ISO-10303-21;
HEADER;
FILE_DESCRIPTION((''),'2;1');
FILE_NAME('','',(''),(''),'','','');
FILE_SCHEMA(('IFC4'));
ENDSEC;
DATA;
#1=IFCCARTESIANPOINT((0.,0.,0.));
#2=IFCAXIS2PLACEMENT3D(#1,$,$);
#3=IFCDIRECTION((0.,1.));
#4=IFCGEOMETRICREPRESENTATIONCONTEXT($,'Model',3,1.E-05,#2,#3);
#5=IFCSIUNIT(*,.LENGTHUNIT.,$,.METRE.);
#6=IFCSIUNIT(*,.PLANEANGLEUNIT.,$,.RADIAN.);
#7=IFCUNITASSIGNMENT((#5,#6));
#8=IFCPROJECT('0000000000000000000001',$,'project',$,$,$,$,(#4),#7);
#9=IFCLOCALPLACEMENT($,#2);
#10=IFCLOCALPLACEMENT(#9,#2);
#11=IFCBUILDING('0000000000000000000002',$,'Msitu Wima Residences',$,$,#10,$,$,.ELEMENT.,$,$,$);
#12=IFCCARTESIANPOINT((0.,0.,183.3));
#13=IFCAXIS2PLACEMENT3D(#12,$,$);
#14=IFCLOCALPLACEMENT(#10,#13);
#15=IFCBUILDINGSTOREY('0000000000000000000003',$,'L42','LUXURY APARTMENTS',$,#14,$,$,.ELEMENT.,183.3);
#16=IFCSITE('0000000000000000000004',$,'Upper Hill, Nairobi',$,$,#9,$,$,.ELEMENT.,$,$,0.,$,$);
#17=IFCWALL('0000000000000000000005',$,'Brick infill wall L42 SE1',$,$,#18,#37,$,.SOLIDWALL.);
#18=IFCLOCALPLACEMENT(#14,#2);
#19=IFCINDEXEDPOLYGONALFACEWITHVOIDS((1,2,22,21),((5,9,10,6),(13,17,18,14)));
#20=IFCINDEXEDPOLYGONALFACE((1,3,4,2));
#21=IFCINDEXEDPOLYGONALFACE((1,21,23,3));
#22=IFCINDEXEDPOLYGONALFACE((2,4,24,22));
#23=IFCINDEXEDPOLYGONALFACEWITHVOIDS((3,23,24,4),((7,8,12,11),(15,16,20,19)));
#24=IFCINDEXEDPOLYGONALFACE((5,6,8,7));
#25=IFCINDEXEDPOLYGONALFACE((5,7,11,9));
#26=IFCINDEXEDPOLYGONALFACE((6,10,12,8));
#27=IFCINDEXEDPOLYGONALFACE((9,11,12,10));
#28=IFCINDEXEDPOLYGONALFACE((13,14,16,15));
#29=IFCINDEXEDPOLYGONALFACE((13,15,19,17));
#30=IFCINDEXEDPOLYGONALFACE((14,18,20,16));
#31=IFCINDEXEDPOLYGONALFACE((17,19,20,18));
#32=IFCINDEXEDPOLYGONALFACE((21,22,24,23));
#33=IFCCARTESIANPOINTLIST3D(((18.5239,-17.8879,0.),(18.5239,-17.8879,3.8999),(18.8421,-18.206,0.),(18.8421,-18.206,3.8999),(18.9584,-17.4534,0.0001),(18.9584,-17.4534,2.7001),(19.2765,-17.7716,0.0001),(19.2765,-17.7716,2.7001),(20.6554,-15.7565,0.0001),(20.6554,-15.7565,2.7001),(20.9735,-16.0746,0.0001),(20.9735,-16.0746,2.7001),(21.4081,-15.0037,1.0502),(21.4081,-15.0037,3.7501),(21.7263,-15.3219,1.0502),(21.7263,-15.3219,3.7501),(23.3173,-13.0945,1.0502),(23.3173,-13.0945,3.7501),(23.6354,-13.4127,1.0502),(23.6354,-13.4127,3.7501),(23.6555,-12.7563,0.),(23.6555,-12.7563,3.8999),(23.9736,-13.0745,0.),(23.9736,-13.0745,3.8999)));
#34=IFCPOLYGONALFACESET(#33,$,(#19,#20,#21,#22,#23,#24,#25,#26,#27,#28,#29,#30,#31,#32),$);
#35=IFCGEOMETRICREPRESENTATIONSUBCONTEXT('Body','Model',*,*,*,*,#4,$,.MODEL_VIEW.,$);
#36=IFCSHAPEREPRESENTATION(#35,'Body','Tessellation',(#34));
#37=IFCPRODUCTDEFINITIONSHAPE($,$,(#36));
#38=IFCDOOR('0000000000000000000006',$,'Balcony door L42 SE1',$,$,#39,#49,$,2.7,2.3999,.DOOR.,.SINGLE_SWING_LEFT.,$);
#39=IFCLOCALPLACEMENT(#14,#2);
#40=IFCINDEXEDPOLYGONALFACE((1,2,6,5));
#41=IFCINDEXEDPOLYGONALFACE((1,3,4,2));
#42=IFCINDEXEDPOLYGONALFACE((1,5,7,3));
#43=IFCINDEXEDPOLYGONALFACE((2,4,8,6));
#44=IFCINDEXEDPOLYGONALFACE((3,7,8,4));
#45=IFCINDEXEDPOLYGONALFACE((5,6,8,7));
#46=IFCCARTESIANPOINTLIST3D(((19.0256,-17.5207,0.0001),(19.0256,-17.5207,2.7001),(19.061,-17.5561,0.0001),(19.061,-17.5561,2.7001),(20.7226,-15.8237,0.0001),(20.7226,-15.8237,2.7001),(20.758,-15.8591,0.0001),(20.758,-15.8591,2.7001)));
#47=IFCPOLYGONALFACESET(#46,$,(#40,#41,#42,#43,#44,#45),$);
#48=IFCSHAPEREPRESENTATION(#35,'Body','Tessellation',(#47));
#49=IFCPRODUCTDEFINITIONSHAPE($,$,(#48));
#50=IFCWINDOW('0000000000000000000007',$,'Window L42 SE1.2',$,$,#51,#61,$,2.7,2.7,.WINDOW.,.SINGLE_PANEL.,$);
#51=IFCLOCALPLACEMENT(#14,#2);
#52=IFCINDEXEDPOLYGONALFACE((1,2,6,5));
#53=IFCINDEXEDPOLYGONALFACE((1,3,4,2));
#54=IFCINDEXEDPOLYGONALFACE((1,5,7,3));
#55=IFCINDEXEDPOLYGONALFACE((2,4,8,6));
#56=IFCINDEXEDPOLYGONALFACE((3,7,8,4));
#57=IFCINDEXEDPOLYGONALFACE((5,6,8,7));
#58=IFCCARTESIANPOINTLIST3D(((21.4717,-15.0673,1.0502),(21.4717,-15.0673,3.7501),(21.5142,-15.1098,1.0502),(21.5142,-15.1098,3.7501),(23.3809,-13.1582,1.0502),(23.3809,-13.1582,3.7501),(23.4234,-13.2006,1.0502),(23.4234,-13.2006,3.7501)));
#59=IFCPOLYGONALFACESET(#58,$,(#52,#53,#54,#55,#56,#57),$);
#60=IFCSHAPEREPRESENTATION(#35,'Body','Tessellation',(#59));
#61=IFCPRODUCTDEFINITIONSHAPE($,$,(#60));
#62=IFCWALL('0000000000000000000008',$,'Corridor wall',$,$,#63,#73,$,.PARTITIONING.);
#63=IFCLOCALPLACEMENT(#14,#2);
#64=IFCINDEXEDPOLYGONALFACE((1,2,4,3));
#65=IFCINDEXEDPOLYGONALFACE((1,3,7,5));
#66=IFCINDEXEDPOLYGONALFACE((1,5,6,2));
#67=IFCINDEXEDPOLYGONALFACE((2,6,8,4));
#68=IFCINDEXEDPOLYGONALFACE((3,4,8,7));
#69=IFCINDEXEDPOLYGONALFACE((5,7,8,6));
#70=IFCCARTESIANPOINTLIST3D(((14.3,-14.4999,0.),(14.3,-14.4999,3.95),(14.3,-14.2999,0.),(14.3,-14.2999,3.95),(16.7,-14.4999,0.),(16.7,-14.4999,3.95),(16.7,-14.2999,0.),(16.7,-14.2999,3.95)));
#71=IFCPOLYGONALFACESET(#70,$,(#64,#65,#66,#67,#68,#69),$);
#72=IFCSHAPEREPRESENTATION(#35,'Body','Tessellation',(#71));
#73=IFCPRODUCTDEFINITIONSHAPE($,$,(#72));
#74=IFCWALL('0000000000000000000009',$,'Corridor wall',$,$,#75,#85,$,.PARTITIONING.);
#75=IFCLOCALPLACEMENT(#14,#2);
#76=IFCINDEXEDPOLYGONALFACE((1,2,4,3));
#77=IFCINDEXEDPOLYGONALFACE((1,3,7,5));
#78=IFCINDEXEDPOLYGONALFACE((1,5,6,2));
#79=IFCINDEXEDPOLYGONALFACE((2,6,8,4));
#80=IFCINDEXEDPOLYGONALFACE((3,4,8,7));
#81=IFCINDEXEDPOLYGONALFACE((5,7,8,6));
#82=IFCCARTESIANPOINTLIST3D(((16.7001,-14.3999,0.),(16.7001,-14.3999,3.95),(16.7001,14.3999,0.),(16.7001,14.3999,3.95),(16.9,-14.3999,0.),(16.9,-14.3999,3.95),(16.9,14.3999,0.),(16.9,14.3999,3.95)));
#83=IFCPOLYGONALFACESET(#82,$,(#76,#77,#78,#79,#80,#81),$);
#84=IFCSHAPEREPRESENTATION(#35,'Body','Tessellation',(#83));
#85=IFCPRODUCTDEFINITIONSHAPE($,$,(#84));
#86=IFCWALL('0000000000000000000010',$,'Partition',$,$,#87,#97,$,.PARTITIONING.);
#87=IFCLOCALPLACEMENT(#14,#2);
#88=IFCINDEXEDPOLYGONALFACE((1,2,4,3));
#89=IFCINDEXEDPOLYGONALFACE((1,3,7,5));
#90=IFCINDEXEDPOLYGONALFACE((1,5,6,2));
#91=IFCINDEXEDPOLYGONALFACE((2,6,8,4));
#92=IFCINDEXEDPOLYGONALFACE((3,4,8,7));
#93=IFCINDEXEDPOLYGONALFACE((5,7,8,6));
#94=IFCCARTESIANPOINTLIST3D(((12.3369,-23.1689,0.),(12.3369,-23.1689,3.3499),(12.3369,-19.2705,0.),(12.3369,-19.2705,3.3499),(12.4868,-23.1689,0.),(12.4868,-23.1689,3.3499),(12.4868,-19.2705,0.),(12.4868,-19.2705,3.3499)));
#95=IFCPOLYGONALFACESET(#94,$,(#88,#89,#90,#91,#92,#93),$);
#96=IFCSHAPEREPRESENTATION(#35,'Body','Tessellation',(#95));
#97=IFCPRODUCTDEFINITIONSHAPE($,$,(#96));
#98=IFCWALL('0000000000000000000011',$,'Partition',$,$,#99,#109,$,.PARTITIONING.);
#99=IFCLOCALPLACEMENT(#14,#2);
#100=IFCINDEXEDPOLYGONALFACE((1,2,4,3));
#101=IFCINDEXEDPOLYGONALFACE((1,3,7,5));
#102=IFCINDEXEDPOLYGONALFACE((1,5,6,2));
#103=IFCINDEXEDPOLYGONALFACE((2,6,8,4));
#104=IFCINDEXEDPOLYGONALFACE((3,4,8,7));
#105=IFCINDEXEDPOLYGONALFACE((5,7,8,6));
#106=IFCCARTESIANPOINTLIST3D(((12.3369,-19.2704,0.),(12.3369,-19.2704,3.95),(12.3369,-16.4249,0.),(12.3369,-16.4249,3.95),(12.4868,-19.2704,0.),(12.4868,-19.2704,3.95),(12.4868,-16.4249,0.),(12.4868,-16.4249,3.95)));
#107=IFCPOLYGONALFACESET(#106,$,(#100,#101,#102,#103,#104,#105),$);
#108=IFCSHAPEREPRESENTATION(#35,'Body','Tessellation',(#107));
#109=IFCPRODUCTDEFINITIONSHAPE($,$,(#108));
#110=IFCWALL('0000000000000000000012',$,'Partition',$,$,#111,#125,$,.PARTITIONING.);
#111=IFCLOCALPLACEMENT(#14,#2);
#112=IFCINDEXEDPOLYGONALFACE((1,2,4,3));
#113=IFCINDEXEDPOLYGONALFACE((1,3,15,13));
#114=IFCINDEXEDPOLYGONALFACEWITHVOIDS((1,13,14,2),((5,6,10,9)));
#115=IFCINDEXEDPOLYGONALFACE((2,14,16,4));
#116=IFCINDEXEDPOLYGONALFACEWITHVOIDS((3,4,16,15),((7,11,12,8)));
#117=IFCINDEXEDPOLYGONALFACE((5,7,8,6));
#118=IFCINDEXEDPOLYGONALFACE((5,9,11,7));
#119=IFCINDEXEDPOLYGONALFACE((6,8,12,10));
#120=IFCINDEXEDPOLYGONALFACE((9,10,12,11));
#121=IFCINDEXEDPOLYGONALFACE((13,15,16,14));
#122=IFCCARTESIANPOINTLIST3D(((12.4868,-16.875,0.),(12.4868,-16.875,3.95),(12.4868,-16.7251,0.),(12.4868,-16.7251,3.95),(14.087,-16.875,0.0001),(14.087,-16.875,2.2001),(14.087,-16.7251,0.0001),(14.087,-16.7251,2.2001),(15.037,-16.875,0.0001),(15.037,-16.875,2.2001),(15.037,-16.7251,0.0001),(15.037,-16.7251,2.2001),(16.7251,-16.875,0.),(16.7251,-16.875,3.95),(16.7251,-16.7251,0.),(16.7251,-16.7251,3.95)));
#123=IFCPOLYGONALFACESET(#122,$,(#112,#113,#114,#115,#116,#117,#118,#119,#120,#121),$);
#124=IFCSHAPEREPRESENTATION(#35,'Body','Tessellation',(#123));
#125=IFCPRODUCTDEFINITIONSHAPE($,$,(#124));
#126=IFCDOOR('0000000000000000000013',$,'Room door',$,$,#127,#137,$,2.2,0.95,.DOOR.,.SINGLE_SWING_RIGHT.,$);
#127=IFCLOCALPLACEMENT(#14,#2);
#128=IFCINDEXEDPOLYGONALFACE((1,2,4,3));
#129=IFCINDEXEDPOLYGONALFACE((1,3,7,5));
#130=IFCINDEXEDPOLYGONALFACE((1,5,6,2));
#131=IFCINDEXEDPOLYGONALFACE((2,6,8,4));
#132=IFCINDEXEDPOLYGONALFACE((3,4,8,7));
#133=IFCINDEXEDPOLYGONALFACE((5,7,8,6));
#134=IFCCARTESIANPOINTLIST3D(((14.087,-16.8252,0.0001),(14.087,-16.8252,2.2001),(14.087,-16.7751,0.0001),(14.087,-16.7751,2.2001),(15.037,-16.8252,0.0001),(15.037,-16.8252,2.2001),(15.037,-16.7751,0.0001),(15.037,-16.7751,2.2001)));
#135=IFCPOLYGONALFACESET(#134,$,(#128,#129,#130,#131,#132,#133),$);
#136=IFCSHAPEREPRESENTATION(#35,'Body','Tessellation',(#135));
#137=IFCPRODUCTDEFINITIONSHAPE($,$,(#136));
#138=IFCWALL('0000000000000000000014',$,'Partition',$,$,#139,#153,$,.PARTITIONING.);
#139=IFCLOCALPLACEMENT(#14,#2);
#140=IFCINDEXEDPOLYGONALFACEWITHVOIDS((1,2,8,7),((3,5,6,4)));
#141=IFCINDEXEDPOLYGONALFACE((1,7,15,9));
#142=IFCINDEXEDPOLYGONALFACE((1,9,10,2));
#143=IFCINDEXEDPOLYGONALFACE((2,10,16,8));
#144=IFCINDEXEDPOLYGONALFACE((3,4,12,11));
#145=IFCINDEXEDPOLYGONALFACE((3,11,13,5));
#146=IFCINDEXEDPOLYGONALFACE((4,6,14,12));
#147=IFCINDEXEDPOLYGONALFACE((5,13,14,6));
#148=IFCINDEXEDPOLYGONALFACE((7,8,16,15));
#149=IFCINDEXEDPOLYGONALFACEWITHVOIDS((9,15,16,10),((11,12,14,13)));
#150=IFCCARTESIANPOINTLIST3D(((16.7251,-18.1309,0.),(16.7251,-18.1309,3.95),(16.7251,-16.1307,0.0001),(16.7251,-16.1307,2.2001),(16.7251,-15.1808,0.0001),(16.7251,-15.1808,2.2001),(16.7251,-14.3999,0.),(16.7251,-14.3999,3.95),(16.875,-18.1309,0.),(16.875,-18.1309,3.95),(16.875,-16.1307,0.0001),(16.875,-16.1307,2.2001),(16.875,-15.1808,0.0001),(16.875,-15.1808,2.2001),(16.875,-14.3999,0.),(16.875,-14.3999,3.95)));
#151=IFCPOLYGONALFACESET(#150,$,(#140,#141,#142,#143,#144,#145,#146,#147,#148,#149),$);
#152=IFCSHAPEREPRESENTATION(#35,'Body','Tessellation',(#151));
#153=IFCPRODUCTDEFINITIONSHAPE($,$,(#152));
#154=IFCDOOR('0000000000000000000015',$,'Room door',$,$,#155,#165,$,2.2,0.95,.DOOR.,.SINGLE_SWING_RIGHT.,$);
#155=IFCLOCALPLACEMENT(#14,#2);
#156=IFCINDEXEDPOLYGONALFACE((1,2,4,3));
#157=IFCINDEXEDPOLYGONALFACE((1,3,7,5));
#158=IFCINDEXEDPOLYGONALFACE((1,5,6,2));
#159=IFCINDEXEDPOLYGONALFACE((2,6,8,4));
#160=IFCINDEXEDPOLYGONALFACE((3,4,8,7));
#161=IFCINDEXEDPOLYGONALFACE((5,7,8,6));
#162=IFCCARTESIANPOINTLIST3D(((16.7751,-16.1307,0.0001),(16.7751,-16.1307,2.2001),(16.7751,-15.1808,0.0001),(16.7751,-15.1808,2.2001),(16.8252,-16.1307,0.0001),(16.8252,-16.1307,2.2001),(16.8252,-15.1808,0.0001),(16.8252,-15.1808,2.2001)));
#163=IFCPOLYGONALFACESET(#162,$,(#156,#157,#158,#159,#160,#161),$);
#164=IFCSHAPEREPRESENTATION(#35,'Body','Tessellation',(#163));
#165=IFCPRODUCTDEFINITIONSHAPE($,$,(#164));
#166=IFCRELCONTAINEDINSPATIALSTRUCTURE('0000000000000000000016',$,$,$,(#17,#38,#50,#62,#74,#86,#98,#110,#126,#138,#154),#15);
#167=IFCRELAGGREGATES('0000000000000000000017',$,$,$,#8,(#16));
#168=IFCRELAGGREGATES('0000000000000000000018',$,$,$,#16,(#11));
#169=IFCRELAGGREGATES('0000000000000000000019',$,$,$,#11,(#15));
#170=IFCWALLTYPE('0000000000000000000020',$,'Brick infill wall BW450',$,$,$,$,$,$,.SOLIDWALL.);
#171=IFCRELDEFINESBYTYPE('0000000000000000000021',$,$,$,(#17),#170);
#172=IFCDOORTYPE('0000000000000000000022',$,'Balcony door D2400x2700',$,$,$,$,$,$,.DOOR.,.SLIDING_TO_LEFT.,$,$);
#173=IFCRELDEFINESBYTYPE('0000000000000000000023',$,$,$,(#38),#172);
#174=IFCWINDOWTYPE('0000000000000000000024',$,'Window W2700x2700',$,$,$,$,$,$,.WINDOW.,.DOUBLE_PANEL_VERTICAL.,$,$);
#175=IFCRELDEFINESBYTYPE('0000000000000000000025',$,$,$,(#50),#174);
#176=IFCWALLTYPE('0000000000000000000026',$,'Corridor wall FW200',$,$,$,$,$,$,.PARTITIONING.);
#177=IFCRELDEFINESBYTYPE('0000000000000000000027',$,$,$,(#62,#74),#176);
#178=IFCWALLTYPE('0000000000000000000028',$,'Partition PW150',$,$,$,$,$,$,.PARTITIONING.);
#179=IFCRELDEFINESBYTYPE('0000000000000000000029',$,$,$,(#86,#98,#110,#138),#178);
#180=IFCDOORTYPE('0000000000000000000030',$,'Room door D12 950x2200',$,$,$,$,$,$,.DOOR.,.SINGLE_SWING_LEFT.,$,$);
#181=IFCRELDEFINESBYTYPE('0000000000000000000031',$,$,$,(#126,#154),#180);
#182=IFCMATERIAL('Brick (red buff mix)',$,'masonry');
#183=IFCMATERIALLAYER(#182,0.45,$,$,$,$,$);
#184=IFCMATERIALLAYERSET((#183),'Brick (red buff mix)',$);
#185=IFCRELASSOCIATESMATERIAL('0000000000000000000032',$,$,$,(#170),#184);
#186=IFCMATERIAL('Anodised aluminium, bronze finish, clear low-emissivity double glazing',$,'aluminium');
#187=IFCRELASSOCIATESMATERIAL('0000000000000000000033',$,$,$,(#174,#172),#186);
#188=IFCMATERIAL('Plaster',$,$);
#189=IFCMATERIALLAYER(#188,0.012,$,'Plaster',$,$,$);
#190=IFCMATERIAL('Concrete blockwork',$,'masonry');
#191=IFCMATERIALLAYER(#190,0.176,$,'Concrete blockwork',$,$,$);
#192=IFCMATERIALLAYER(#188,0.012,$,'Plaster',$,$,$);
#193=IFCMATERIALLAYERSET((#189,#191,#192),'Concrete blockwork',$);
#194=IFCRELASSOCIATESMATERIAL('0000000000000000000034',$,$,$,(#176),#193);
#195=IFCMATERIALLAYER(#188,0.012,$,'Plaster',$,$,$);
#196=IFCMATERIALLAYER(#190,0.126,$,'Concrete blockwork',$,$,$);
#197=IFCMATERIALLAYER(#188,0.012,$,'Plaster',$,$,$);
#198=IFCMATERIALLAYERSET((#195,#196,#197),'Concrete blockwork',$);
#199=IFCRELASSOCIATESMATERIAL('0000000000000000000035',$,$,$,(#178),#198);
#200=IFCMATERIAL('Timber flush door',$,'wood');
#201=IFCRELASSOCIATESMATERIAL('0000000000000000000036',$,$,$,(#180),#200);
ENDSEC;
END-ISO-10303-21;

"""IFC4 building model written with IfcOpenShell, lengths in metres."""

from ifc_helpers import new_model, si_unit, direction, frame, frame_2d, origin, place, context, subcontext, project, spatial, rectangle, extrude, material, layer, layer_set, type_object, element, fill, save


model = new_model("IFC4")

# Units and contexts
model_context = context("Model", 3, precision=1e-05, world=origin(), true_north=direction((0.0, 1.0)))
body_context = subcontext(model_context, "Body", "Model", "MODEL_VIEW")
ifc_project = project(units=[si_unit("LENGTHUNIT", "METRE"), si_unit("PLANEANGLEUNIT", "RADIAN")], contexts=[model_context])

# Site, building, storey
site_placement = place(None, origin())
site = spatial("IfcSite", under=ifc_project, at=site_placement, Name="Upper Hill, Nairobi", CompositionType="ELEMENT", RefElevation=0.0)
building_placement = place(site_placement, origin())
building = spatial("IfcBuilding", under=site, at=building_placement, Name="Msitu Wima Residences", CompositionType="ELEMENT")
storey_placement = place(building_placement, frame((0.0, 0.0, 183.3)))
storey = spatial("IfcBuildingStorey", under=building, at=storey_placement, Name="L42", Description="LUXURY APARTMENTS", CompositionType="ELEMENT", Elevation=183.3)

# Shared definitions
ifc_material_1 = material(Name="Brick (red buff mix)", Category="masonry")
ifc_layer_1 = layer(ifc_material_1, 0.45)
ifc_layer_set_1 = layer_set([ifc_layer_1], Name="Brick (red buff mix)")
wall_type_1 = type_object("IfcWallType", Name="Brick infill wall BW450", PredefinedType="SOLIDWALL", material=ifc_layer_set_1)
ifc_material_2 = material(Name="Anodised aluminium, bronze finish, clear low-emissivity double glazing", Category="aluminium")
window_type = type_object("IfcWindowType", Name="Window W2700x2700", PartitioningType="DOUBLE_PANEL_VERTICAL", PredefinedType="WINDOW", material=ifc_material_2)

# Wall, openings, door, window
wall_1_placement = place(storey_placement, frame((18.6831, -18.0469, 0.0), z_axis=(0.0, 0.0, 1.0), x_axis=(0.707107, 0.707107, 0.0)))
wall_1 = element("IfcWall", 1, at=wall_1_placement, inside=storey, type_object=wall_type_1, Name="Brick infill wall L42 SE1", PredefinedType="SOLIDWALL", context=body_context, shape_type="SweptSolid", body=[
    extrude(rectangle(XDim=7.2571, YDim=0.45, at=frame_2d((3.6284, 0.0))), origin(), (0.0, 0.0, 1.0), 3.8999),
])
opening_1_placement = place(wall_1_placement, frame((0.6143, 0.0, 0.0)))
opening_1 = element("IfcOpeningElement", 2, at=opening_1_placement, cuts=wall_1, PredefinedType="OPENING", context=body_context, shape_type="SweptSolid", body=[
    extrude(rectangle(XDim=2.3999, YDim=2.7, at=frame_2d((1.2, 1.3501))), frame((0.0, 0.2349, 0.0), z_axis=(0.0, -1.0, 0.0), x_axis=(1.0, 0.0, 0.0)), (0.0, 0.0, 1.0), 0.47),
])
opening_2_placement = place(wall_1_placement, frame((4.0786, 0.0, 1.05)))
opening_2 = element("IfcOpeningElement", 3, at=opening_2_placement, cuts=wall_1, PredefinedType="OPENING", context=body_context, shape_type="SweptSolid", body=[
    extrude(rectangle(XDim=2.7, YDim=2.7, at=frame_2d((1.3501, 1.3501))), frame((0.0, 0.2349, 0.0), z_axis=(0.0, -1.0, 0.0), x_axis=(1.0, 0.0, 0.0)), (0.0, 0.0, 1.0), 0.47),
])
door_type_1 = type_object("IfcDoorType", Name="Balcony door D2400x2700", OperationType="SLIDING_TO_LEFT", PredefinedType="DOOR", material=ifc_material_2)
door_1_placement = place(opening_1_placement, origin())
door_1 = element("IfcDoor", 4, at=door_1_placement, inside=storey, type_object=door_type_1, Name="Balcony door L42 SE1", OperationType="SINGLE_SWING_LEFT", OverallHeight=2.7, OverallWidth=2.3999, PredefinedType="DOOR", context=body_context, shape_type="SweptSolid", body=[
    extrude(rectangle(XDim=2.3999, YDim=2.7, at=frame_2d((1.2, 1.3501))), frame((0.0, 0.1299, 0.0), z_axis=(0.0, -1.0, 0.0), x_axis=(1.0, 0.0, 0.0)), (0.0, 0.0, 1.0), 0.05),
])
fill(opening_1, door_1)
window_1_placement = place(opening_2_placement, origin())
window_1 = element("IfcWindow", 5, at=window_1_placement, inside=storey, type_object=window_type, Name="Window L42 SE1.2", OverallHeight=2.7, OverallWidth=2.7, PartitioningType="SINGLE_PANEL", PredefinedType="WINDOW", context=body_context, shape_type="SweptSolid", body=[
    extrude(rectangle(XDim=2.7, YDim=2.7, at=frame_2d((1.3501, 1.3501))), frame((0.0, 0.135, 0.0), z_axis=(0.0, -1.0, 0.0), x_axis=(1.0, 0.0, 0.0)), (0.0, 0.0, 1.0), 0.0601),
])
fill(opening_2, window_1)

# Shared definitions
ifc_material_3 = material(Name="Plaster")
ifc_layer_2 = layer(ifc_material_3, 0.012, Name="Plaster")
ifc_material_4 = material(Name="Concrete blockwork", Category="masonry")
ifc_layer_3 = layer(ifc_material_4, 0.176, Name="Concrete blockwork")
ifc_layer_4 = layer(ifc_material_3, 0.012, Name="Plaster")
ifc_layer_set_2 = layer_set([ifc_layer_2, ifc_layer_3, ifc_layer_4], Name="Concrete blockwork")
wall_type_2 = type_object("IfcWallType", Name="Corridor wall FW200", PredefinedType="PARTITIONING", material=ifc_layer_set_2)

# Walls
wall_2_placement = place(storey_placement, frame((14.3, -14.3999, 0.0), z_axis=(0.0, 0.0, 1.0), x_axis=(1.0, 0.0, 0.0)))
element("IfcWall", 6, at=wall_2_placement, inside=storey, type_object=wall_type_2, Name="Corridor wall", PredefinedType="PARTITIONING", context=body_context, shape_type="SweptSolid", body=[
    extrude(rectangle(XDim=2.3999, YDim=0.2, at=frame_2d((1.2, 0.0))), origin(), (0.0, 0.0, 1.0), 3.95),
])
wall_3_placement = place(storey_placement, frame((16.8, -14.3999, 0.0), z_axis=(0.0, 0.0, 1.0), x_axis=(0.0, 1.0, 0.0)))
element("IfcWall", 7, at=wall_3_placement, inside=storey, type_object=wall_type_2, Name="Corridor wall", PredefinedType="PARTITIONING", context=body_context, shape_type="SweptSolid", body=[
    extrude(rectangle(XDim=28.7998, YDim=0.2, at=frame_2d((14.3999, 0.0))), origin(), (0.0, 0.0, 1.0), 3.95),
])
ifc_layer_5 = layer(ifc_material_3, 0.012, Name="Plaster")
ifc_layer_6 = layer(ifc_material_4, 0.126, Name="Concrete blockwork")
ifc_layer_7 = layer(ifc_material_3, 0.012, Name="Plaster")
ifc_layer_set_3 = layer_set([ifc_layer_5, ifc_layer_6, ifc_layer_7], Name="Concrete blockwork")
wall_type_3 = type_object("IfcWallType", Name="Partition PW150", PredefinedType="PARTITIONING", material=ifc_layer_set_3)
wall_4_placement = place(storey_placement, frame((12.4119, -23.1689, 0.0), z_axis=(0.0, 0.0, 1.0), x_axis=(0.0, 1.0, 0.0)))
element("IfcWall", 8, at=wall_4_placement, inside=storey, type_object=wall_type_3, Name="Partition", PredefinedType="PARTITIONING", context=body_context, shape_type="SweptSolid", body=[
    extrude(rectangle(XDim=3.8984, YDim=0.1499, at=frame_2d((1.9492, 0.0))), origin(), (0.0, 0.0, 1.0), 3.3499),
])
wall_5_placement = place(storey_placement, frame((12.4119, -19.2705, 0.0), z_axis=(0.0, 0.0, 1.0), x_axis=(0.0, 1.0, 0.0)))
element("IfcWall", 9, at=wall_5_placement, inside=storey, type_object=wall_type_3, Name="Partition", PredefinedType="PARTITIONING", context=body_context, shape_type="SweptSolid", body=[
    extrude(rectangle(XDim=2.8455, YDim=0.1499, at=frame_2d((1.4229, 0.0))), origin(), (0.0, 0.0, 1.0), 3.95),
])

# Walls, openings, doors
wall_6_placement = place(storey_placement, frame((12.4868, -16.8, 0.0), z_axis=(0.0, 0.0, 1.0), x_axis=(1.0, 0.0, 0.0)))
wall_6 = element("IfcWall", 10, at=wall_6_placement, inside=storey, type_object=wall_type_3, Name="Partition", PredefinedType="PARTITIONING", context=body_context, shape_type="SweptSolid", body=[
    extrude(rectangle(XDim=4.2383, YDim=0.1499, at=frame_2d((2.1191, 0.0))), origin(), (0.0, 0.0, 1.0), 3.95),
])
opening_3_placement = place(wall_6_placement, frame((1.6001, 0.0, 0.0)))
opening_3 = element("IfcOpeningElement", 11, at=opening_3_placement, cuts=wall_6, PredefinedType="OPENING", context=body_context, shape_type="SweptSolid", body=[
    extrude(rectangle(XDim=0.95, YDim=2.2, at=frame_2d((0.4751, 1.1001))), frame((0.0, 0.085, 0.0), z_axis=(0.0, -1.0, 0.0), x_axis=(1.0, 0.0, 0.0)), (0.0, 0.0, 1.0), 0.1699),
])
ifc_material_5 = material(Name="Timber flush door", Category="wood")
door_type_2 = type_object("IfcDoorType", Name="Room door D12 950x2200", OperationType="SINGLE_SWING_LEFT", PredefinedType="DOOR", material=ifc_material_5)
door_2_placement = place(opening_3_placement, origin())
door_2 = element("IfcDoor", 12, at=door_2_placement, inside=storey, type_object=door_type_2, Name="Room door", OperationType="SINGLE_SWING_RIGHT", OverallHeight=2.2, OverallWidth=0.95, PredefinedType="DOOR", context=body_context, shape_type="SweptSolid", body=[
    extrude(rectangle(XDim=0.95, YDim=2.2, at=frame_2d((0.4751, 1.1001))), frame((0.0, 0.0249, 0.0), z_axis=(0.0, -1.0, 0.0), x_axis=(1.0, 0.0, 0.0)), (0.0, 0.0, 1.0), 0.05),
])
fill(opening_3, door_2)
wall_7_placement = place(storey_placement, frame((16.8, -18.1309, 0.0), z_axis=(0.0, 0.0, 1.0), x_axis=(0.0, 1.0, 0.0)))
wall_7 = element("IfcWall", 13, at=wall_7_placement, inside=storey, type_object=wall_type_3, Name="Partition", PredefinedType="PARTITIONING", context=body_context, shape_type="SweptSolid", body=[
    extrude(rectangle(XDim=3.731, YDim=0.1499, at=frame_2d((1.8655, 0.0))), origin(), (0.0, 0.0, 1.0), 3.95),
])
opening_4_placement = place(wall_7_placement, frame((2.0, 0.0, 0.0)))
opening_4 = element("IfcOpeningElement", 14, at=opening_4_placement, cuts=wall_7, PredefinedType="OPENING", context=body_context, shape_type="SweptSolid", body=[
    extrude(rectangle(XDim=0.95, YDim=2.2, at=frame_2d((0.4751, 1.1001))), frame((0.0, 0.085, 0.0), z_axis=(0.0, -1.0, 0.0), x_axis=(1.0, 0.0, 0.0)), (0.0, 0.0, 1.0), 0.1699),
])
door_3_placement = place(opening_4_placement, origin())
door_3 = element("IfcDoor", 15, at=door_3_placement, inside=storey, type_object=door_type_2, Name="Room door", OperationType="SINGLE_SWING_RIGHT", OverallHeight=2.2, OverallWidth=0.95, PredefinedType="DOOR", context=body_context, shape_type="SweptSolid", body=[
    extrude(rectangle(XDim=0.95, YDim=2.2, at=frame_2d((0.4751, 1.1001))), frame((0.0, 0.0249, 0.0), z_axis=(0.0, -1.0, 0.0), x_axis=(1.0, 0.0, 0.0)), (0.0, 0.0, 1.0), 0.05),
])
fill(opening_4, door_3)

save(model, "model.ifc")
